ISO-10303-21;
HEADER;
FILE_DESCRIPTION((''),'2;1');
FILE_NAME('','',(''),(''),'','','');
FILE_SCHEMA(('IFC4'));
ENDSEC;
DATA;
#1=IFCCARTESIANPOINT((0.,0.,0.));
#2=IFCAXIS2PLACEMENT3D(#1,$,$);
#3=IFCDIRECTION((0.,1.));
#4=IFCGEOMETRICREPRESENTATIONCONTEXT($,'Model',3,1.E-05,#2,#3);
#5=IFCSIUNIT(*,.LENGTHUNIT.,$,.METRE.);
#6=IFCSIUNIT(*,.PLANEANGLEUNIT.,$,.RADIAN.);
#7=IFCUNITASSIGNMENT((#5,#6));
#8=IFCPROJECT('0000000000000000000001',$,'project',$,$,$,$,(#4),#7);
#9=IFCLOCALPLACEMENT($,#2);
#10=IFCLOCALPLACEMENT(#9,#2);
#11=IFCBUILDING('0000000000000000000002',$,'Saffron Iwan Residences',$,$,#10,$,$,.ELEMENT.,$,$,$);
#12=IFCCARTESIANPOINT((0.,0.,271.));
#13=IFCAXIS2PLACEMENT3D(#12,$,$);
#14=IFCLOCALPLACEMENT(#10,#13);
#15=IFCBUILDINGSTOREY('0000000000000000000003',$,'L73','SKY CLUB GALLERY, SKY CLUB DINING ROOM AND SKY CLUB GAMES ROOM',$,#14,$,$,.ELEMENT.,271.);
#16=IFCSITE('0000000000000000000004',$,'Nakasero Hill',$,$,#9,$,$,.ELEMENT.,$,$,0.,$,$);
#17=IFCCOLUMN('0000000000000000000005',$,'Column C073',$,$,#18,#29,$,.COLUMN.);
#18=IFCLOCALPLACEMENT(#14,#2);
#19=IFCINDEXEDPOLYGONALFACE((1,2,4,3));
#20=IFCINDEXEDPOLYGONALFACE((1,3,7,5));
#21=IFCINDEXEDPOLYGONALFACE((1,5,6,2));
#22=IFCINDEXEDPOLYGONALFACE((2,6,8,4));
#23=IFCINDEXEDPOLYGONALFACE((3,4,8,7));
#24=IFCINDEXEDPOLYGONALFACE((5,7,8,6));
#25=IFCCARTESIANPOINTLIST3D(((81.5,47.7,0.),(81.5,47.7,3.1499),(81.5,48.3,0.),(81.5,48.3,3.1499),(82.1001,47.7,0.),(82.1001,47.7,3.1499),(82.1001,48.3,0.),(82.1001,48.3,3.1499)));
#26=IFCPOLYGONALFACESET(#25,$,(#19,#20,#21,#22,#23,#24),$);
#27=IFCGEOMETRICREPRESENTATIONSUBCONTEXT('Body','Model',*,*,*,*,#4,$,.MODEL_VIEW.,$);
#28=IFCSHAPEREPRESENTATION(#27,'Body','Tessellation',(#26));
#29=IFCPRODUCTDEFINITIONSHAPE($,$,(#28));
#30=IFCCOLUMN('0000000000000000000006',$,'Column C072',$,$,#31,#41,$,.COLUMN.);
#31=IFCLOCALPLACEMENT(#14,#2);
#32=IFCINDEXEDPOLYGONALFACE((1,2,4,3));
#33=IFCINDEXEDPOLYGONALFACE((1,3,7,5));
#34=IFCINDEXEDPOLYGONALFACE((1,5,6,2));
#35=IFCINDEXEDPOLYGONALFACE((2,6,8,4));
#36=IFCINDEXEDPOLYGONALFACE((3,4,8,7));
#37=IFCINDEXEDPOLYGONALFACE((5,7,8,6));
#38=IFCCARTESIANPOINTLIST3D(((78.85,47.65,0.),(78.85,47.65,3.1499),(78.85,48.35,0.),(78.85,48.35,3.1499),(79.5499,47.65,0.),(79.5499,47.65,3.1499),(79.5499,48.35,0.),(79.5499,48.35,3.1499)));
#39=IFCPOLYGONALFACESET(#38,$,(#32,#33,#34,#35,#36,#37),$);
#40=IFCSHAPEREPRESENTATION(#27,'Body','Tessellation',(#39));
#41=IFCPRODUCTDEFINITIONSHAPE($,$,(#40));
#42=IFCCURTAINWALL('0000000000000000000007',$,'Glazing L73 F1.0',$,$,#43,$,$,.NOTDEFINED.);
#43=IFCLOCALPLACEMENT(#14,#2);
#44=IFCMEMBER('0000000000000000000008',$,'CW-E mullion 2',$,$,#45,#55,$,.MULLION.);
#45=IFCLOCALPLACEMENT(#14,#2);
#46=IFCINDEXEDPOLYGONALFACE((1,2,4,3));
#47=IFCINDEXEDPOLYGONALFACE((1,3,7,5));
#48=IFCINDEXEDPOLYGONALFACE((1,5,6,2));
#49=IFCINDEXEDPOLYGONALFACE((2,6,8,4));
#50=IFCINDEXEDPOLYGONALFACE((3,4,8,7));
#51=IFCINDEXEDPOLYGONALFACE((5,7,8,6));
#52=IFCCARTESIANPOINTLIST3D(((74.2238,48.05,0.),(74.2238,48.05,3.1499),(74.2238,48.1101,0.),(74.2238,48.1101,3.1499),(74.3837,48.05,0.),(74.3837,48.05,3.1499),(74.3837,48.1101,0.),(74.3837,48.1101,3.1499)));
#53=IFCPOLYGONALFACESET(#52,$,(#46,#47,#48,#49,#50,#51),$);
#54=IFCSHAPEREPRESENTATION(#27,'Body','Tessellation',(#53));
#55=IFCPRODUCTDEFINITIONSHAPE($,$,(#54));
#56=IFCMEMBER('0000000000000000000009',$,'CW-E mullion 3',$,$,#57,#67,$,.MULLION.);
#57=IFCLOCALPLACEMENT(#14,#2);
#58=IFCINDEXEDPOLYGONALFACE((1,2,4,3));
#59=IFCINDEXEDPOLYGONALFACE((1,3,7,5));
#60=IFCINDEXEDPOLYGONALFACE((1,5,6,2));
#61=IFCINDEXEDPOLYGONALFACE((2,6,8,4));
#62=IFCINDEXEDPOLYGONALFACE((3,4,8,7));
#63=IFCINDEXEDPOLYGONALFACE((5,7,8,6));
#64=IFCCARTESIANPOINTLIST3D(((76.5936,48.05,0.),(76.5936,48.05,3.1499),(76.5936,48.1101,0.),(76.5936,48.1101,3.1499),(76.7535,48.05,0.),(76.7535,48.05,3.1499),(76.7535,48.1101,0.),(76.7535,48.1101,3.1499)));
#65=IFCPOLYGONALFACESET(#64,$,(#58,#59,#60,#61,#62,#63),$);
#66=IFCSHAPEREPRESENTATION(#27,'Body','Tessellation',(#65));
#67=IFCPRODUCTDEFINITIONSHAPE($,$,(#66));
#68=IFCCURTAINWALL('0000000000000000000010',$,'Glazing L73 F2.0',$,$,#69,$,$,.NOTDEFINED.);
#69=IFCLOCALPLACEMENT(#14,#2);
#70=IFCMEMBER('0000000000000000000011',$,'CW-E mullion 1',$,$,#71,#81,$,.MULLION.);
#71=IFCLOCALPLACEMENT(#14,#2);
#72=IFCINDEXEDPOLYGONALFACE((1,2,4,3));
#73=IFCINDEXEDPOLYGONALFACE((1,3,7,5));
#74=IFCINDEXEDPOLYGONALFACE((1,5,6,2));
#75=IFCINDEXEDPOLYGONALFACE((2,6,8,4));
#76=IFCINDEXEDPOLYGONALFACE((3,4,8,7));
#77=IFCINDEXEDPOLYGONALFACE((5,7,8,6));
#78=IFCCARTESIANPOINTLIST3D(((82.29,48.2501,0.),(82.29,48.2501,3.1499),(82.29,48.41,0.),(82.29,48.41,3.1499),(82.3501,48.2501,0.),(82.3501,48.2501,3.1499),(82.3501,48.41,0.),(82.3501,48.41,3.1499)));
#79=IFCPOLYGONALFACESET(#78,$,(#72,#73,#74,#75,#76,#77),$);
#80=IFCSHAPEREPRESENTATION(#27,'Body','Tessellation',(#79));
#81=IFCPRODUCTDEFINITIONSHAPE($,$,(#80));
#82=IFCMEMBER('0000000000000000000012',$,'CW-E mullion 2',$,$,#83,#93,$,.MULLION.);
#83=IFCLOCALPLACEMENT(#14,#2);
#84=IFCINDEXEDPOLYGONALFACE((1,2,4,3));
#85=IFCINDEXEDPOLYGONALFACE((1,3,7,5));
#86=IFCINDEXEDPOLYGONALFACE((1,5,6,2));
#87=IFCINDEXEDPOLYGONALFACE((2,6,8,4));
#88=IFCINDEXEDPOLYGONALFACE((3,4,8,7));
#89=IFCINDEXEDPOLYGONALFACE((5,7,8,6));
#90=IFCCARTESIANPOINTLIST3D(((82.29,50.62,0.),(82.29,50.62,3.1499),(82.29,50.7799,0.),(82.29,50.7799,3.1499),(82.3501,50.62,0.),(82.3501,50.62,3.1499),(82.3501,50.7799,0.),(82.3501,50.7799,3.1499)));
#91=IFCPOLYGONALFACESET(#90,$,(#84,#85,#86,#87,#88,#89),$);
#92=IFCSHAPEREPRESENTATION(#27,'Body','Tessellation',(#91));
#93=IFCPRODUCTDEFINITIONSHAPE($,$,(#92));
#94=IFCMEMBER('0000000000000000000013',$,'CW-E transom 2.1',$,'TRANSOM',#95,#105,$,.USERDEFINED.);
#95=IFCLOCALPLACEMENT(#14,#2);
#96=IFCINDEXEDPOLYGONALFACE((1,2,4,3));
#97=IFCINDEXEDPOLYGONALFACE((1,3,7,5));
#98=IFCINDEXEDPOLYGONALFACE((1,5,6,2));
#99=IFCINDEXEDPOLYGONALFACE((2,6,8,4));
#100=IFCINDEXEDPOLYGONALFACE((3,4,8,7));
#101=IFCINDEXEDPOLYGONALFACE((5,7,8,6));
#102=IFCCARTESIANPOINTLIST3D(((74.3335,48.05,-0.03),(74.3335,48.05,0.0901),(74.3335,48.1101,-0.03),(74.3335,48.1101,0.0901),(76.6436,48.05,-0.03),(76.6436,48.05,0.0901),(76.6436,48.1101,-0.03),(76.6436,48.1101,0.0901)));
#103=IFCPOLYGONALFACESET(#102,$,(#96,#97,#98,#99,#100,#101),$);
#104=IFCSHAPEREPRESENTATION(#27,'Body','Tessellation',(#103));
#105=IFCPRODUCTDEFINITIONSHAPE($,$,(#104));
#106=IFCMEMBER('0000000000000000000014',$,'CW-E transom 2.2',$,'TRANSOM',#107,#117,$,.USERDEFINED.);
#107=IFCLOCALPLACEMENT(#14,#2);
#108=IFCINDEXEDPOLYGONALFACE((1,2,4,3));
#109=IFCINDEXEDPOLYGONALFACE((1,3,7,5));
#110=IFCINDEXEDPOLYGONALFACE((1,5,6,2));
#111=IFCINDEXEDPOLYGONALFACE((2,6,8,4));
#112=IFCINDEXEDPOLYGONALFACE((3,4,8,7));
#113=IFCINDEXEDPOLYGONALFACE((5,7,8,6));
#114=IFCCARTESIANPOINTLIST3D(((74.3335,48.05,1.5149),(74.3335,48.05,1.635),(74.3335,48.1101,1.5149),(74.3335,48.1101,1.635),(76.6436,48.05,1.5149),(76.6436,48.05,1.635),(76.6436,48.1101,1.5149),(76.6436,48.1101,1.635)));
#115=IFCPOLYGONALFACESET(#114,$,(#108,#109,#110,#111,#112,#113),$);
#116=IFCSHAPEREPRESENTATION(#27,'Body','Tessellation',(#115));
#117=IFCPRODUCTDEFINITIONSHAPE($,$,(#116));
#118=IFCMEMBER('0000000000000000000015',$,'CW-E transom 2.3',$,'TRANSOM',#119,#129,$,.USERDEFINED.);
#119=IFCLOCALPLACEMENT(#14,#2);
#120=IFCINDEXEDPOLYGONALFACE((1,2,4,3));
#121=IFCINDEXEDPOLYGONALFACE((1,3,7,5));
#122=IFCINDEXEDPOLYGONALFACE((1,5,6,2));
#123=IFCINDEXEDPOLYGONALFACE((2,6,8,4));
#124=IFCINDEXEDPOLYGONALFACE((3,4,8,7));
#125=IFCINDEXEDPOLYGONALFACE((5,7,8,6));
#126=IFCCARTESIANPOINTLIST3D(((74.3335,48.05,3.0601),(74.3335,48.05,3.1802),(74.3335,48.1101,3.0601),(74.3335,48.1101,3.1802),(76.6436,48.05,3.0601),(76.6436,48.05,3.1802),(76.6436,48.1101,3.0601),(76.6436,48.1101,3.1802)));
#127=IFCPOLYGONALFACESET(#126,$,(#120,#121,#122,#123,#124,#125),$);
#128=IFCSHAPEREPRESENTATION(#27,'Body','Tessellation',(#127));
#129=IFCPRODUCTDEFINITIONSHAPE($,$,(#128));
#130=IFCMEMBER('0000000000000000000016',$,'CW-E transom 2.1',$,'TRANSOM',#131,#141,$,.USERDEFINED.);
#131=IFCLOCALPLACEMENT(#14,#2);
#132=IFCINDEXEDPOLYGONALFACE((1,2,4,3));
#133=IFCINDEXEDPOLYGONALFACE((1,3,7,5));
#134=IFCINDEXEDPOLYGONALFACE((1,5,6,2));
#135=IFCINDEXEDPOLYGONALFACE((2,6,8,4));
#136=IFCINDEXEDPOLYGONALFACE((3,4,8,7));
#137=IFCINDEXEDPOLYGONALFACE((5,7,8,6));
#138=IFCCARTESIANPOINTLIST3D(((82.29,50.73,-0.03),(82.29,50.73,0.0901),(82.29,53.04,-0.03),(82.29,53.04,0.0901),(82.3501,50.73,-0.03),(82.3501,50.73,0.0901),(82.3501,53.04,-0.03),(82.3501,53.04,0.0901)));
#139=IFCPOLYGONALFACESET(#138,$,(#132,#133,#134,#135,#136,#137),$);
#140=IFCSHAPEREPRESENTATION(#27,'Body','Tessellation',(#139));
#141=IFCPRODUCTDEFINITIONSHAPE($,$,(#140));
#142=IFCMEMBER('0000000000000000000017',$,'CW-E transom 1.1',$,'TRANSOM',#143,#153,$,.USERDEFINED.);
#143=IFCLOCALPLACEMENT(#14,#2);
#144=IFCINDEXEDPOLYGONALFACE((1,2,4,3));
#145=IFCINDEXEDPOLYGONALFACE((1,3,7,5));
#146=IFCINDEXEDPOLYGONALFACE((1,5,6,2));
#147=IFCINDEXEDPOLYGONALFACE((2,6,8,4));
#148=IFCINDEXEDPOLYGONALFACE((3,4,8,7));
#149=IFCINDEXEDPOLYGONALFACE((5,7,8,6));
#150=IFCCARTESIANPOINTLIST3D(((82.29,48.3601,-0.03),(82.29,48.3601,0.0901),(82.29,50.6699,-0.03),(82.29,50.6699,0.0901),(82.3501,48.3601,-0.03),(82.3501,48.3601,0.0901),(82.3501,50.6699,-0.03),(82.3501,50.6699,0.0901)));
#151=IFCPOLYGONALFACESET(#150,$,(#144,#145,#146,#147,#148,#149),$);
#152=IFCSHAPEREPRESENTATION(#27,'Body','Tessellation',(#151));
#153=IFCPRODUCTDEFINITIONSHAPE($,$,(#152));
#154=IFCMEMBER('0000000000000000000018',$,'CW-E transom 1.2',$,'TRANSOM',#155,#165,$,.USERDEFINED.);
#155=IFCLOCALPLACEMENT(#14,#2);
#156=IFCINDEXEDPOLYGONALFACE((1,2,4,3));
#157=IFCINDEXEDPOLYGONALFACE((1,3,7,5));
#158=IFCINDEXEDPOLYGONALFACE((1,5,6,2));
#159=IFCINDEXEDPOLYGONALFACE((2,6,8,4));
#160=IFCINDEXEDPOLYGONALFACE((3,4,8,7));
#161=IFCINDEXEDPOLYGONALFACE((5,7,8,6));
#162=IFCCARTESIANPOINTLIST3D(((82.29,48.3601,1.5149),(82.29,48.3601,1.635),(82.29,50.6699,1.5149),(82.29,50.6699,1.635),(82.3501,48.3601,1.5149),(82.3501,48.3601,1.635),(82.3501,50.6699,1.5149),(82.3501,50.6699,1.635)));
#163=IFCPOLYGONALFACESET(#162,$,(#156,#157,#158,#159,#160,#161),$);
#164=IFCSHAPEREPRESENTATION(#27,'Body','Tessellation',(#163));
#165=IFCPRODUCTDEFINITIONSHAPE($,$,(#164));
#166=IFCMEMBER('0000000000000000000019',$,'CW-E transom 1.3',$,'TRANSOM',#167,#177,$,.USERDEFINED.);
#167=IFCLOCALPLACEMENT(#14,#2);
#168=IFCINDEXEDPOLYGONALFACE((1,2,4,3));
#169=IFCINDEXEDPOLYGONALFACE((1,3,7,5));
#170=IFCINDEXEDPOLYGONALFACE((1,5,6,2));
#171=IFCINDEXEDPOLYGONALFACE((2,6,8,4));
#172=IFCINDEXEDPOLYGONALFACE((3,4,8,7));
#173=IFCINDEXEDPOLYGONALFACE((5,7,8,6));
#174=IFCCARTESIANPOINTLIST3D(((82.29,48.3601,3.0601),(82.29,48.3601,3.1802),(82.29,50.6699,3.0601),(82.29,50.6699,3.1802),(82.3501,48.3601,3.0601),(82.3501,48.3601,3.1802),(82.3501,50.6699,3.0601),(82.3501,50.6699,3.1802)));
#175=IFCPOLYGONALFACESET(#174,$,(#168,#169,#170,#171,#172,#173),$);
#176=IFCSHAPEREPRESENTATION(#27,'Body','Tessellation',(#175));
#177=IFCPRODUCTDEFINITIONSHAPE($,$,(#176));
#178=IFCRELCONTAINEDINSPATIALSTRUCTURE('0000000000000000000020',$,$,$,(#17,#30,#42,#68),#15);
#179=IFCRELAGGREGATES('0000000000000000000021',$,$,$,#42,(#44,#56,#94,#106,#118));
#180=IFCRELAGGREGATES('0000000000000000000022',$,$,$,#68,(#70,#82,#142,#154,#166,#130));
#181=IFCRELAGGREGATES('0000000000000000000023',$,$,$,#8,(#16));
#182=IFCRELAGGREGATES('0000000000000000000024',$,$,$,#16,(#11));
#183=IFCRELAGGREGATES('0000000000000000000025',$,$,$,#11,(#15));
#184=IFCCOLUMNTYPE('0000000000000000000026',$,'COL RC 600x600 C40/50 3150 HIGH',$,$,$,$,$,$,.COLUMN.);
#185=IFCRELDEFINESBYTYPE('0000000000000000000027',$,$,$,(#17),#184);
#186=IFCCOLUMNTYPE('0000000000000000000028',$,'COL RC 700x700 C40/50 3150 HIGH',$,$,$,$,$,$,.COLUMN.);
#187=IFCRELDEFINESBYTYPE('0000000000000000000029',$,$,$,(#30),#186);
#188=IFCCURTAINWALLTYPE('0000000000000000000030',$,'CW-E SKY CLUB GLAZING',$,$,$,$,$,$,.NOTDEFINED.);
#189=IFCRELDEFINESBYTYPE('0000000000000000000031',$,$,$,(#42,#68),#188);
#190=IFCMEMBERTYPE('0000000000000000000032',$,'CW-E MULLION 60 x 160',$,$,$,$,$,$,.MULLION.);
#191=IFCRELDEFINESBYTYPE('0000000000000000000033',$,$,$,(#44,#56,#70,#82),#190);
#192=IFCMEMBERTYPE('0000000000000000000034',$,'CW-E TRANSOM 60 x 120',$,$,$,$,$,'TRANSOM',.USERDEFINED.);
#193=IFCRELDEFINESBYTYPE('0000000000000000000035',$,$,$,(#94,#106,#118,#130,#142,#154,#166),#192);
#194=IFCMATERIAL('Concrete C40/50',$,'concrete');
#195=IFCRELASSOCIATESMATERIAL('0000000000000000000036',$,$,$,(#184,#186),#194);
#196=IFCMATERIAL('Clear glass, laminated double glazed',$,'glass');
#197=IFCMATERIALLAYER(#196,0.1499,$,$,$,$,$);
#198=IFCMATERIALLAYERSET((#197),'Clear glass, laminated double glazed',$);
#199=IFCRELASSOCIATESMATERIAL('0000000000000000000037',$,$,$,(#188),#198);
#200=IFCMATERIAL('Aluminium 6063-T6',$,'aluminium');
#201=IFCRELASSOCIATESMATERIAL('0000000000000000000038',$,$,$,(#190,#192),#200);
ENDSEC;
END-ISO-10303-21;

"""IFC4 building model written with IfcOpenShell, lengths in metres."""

from ifc_helpers import new_model, si_unit, direction, frame, origin, origin_2d, place, context, subcontext, project, spatial, rectangle, extrude, source, transform, mapped, material, layer, layer_set, material_profile, profile_set, type_object, element, aggregate, save


model = new_model("IFC4")

# Units and contexts
model_context = context("Model", 3, precision=1e-05, world=origin(), true_north=direction((0.0, 1.0)))
body_context = subcontext(model_context, "Body", "Model", "MODEL_VIEW")
ifc_project = project(units=[si_unit("LENGTHUNIT", "METRE"), si_unit("PLANEANGLEUNIT", "RADIAN")], contexts=[model_context])

# Site, building, storey
site_placement = place(None, origin())
site = spatial("IfcSite", under=ifc_project, at=site_placement, Name="Nakasero Hill", CompositionType="ELEMENT", RefElevation=0.0)
building_placement = place(site_placement, origin())
building = spatial("IfcBuilding", under=site, at=building_placement, Name="Saffron Iwan Residences", CompositionType="ELEMENT")
storey_placement = place(building_placement, frame((0.0, 0.0, 271.0)))
storey = spatial("IfcBuildingStorey", under=building, at=storey_placement, Name="L73", Description="SKY CLUB GALLERY, SKY CLUB DINING ROOM AND SKY CLUB GAMES ROOM", CompositionType="ELEMENT", Elevation=271.0)

# Columns
ifc_material_1 = material(Name="Concrete C40/50", Category="concrete")
ifc_material_profile_1 = material_profile(ifc_material_1, rectangle(XDim=0.6001, YDim=0.6001, at=origin_2d()), Name="RC 600x600")
ifc_profile_set_1 = profile_set([ifc_material_profile_1], Name="Concrete C40/50")
column_type_1 = type_object("IfcColumnType", Name="COL RC 600x600 C40/50 3150 HIGH", PredefinedType="COLUMN", material=ifc_profile_set_1)
shared_shape_1 = source(origin(), body_context, "Body", "SweptSolid", [
    extrude(rectangle(XDim=0.6001, YDim=0.6001, at=origin_2d()), origin(), (0.0, 0.0, 1.0), 3.1499),
])
column_1_placement = place(storey_placement, frame((81.8, 48.0, 0.0), z_axis=(0.0, 0.0, 1.0), x_axis=(1.0, 0.0, 0.0)))
element("IfcColumn", 1, at=column_1_placement, inside=storey, type_object=column_type_1, Name="Column C073", PredefinedType="COLUMN", context=body_context, shape_type="MappedRepresentation", body=[
    mapped(shared_shape_1, transform((0.0, 0.0, 0.0))),
])
ifc_material_profile_2 = material_profile(ifc_material_1, rectangle(XDim=0.7, YDim=0.7, at=origin_2d()), Name="RC 700x700")
ifc_profile_set_2 = profile_set([ifc_material_profile_2], Name="Concrete C40/50")
column_type_2 = type_object("IfcColumnType", Name="COL RC 700x700 C40/50 3150 HIGH", PredefinedType="COLUMN", material=ifc_profile_set_2)
shared_shape_2 = source(origin(), body_context, "Body", "SweptSolid", [
    extrude(rectangle(XDim=0.7, YDim=0.7, at=origin_2d()), origin(), (0.0, 0.0, 1.0), 3.1499),
])
column_2_placement = place(storey_placement, frame((79.2, 48.0, 0.0), z_axis=(0.0, 0.0, 1.0), x_axis=(1.0, 0.0, 0.0)))
element("IfcColumn", 2, at=column_2_placement, inside=storey, type_object=column_type_2, Name="Column C072", PredefinedType="COLUMN", context=body_context, shape_type="MappedRepresentation", body=[
    mapped(shared_shape_2, transform((0.0, 0.0, 0.0))),
])

# Curtain walls, members
ifc_material_2 = material(Name="Clear glass, laminated double glazed", Category="glass")
ifc_layer_1 = layer(ifc_material_2, 0.1499)
ifc_layer_set_1 = layer_set([ifc_layer_1], Name="Clear glass, laminated double glazed")
curtain_wall_type = type_object("IfcCurtainWallType", Name="CW-E SKY CLUB GLAZING", PredefinedType="NOTDEFINED", material=ifc_layer_set_1)
curtain_wall_1_placement = place(storey_placement, origin())
curtain_wall_1 = element("IfcCurtainWall", 3, at=curtain_wall_1_placement, inside=storey, type_object=curtain_wall_type, Name="Glazing L73 F1.0", PredefinedType="NOTDEFINED")
ifc_material_3 = material(Name="Aluminium 6063-T6", Category="aluminium")
ifc_material_profile_3 = material_profile(ifc_material_3, rectangle(XDim=0.0601, YDim=0.1599, at=origin_2d()), Name="CW-E MULLION 60 x 160")
ifc_profile_set_3 = profile_set([ifc_material_profile_3], Name="Aluminium 6063-T6")
member_type_1 = type_object("IfcMemberType", Name="CW-E MULLION 60 x 160", PredefinedType="MULLION", material=ifc_profile_set_3)
shared_shape_3 = source(origin(), body_context, "Body", "SweptSolid", [
    extrude(rectangle(XDim=0.0601, YDim=0.1599, at=origin_2d()), origin(), (0.0, 0.0, 1.0), 3.1499),
])
member_1_placement = place(storey_placement, frame((74.3037, 48.0801, 0.0), z_axis=(0.0, 0.0, 1.0), x_axis=(0.0, 1.0, 0.0)))
member_1 = element("IfcMember", 4, at=member_1_placement, type_object=member_type_1, Name="CW-E mullion 2", PredefinedType="MULLION", context=body_context, shape_type="MappedRepresentation", body=[
    mapped(shared_shape_3, transform((0.0, 0.0, 0.0))),
])
member_2_placement = place(storey_placement, frame((76.6736, 48.0801, 0.0), z_axis=(0.0, 0.0, 1.0), x_axis=(0.0, 1.0, 0.0)))
member_2 = element("IfcMember", 5, at=member_2_placement, type_object=member_type_1, Name="CW-E mullion 3", PredefinedType="MULLION", context=body_context, shape_type="MappedRepresentation", body=[
    mapped(shared_shape_3, transform((0.0, 0.0, 0.0))),
])
curtain_wall_2_placement = place(storey_placement, origin())
curtain_wall_2 = element("IfcCurtainWall", 6, at=curtain_wall_2_placement, inside=storey, type_object=curtain_wall_type, Name="Glazing L73 F2.0", PredefinedType="NOTDEFINED")
member_3_placement = place(storey_placement, frame((82.3201, 48.3301, 0.0), z_axis=(0.0, 0.0, 1.0), x_axis=(-1.0, 0.0, 0.0)))
member_3 = element("IfcMember", 7, at=member_3_placement, type_object=member_type_1, Name="CW-E mullion 1", PredefinedType="MULLION", context=body_context, shape_type="MappedRepresentation", body=[
    mapped(shared_shape_3, transform((0.0, 0.0, 0.0))),
])
member_4_placement = place(storey_placement, frame((82.3201, 50.7, 0.0), z_axis=(0.0, 0.0, 1.0), x_axis=(-1.0, 0.0, 0.0)))
member_4 = element("IfcMember", 8, at=member_4_placement, type_object=member_type_1, Name="CW-E mullion 2", PredefinedType="MULLION", context=body_context, shape_type="MappedRepresentation", body=[
    mapped(shared_shape_3, transform((0.0, 0.0, 0.0))),
])

# Members
ifc_material_profile_4 = material_profile(ifc_material_3, rectangle(XDim=0.0601, YDim=0.1201, at=origin_2d()), Name="CW-E TRANSOM 60 x 120")
ifc_profile_set_4 = profile_set([ifc_material_profile_4], Name="Aluminium 6063-T6")
member_type_2 = type_object("IfcMemberType", Name="CW-E TRANSOM 60 x 120", ElementType="TRANSOM", PredefinedType="USERDEFINED", material=ifc_profile_set_4)
shared_shape_4 = source(origin(), body_context, "Body", "SweptSolid", [
    extrude(rectangle(XDim=0.0601, YDim=0.1201, at=origin_2d()), origin(), (0.0, 0.0, 1.0), 2.3101),
])
member_5_placement = place(storey_placement, frame((74.3335, 48.0801, 0.03), z_axis=(1.0, 0.0, 0.0), x_axis=(0.0, 1.0, 0.0)))
member_5 = element("IfcMember", 9, at=member_5_placement, type_object=member_type_2, Name="CW-E transom 2.1", ObjectType="TRANSOM", PredefinedType="USERDEFINED", context=body_context, shape_type="MappedRepresentation", body=[
    mapped(shared_shape_4, transform((0.0, 0.0, 0.0))),
])
member_6_placement = place(storey_placement, frame((74.3335, 48.0801, 1.575), z_axis=(1.0, 0.0, 0.0), x_axis=(0.0, 1.0, 0.0)))
member_6 = element("IfcMember", 10, at=member_6_placement, type_object=member_type_2, Name="CW-E transom 2.2", ObjectType="TRANSOM", PredefinedType="USERDEFINED", context=body_context, shape_type="MappedRepresentation", body=[
    mapped(shared_shape_4, transform((0.0, 0.0, 0.0))),
])
member_7_placement = place(storey_placement, frame((74.3335, 48.0801, 3.1201), z_axis=(1.0, 0.0, 0.0), x_axis=(0.0, 1.0, 0.0)))
member_7 = element("IfcMember", 11, at=member_7_placement, type_object=member_type_2, Name="CW-E transom 2.3", ObjectType="TRANSOM", PredefinedType="USERDEFINED", context=body_context, shape_type="MappedRepresentation", body=[
    mapped(shared_shape_4, transform((0.0, 0.0, 0.0))),
])
member_8_placement = place(storey_placement, frame((82.3201, 50.73, 0.03), z_axis=(0.0, 1.0, 0.0), x_axis=(-1.0, 0.0, 0.0)))
member_8 = element("IfcMember", 12, at=member_8_placement, type_object=member_type_2, Name="CW-E transom 2.1", ObjectType="TRANSOM", PredefinedType="USERDEFINED", context=body_context, shape_type="MappedRepresentation", body=[
    mapped(shared_shape_4, transform((0.0, 0.0, 0.0))),
])
shared_shape_5 = source(origin(), body_context, "Body", "SweptSolid", [
    extrude(rectangle(XDim=0.0601, YDim=0.1201, at=origin_2d()), origin(), (0.0, 0.0, 1.0), 2.3098),
])
member_9_placement = place(storey_placement, frame((82.3201, 48.3601, 0.03), z_axis=(0.0, 1.0, 0.0), x_axis=(-1.0, 0.0, 0.0)))
member_9 = element("IfcMember", 13, at=member_9_placement, type_object=member_type_2, Name="CW-E transom 1.1", ObjectType="TRANSOM", PredefinedType="USERDEFINED", context=body_context, shape_type="MappedRepresentation", body=[
    mapped(shared_shape_5, transform((0.0, 0.0, 0.0))),
])
member_10_placement = place(storey_placement, frame((82.3201, 48.3601, 1.575), z_axis=(0.0, 1.0, 0.0), x_axis=(-1.0, 0.0, 0.0)))
member_10 = element("IfcMember", 14, at=member_10_placement, type_object=member_type_2, Name="CW-E transom 1.2", ObjectType="TRANSOM", PredefinedType="USERDEFINED", context=body_context, shape_type="MappedRepresentation", body=[
    mapped(shared_shape_5, transform((0.0, 0.0, 0.0))),
])
member_11_placement = place(storey_placement, frame((82.3201, 48.3601, 3.1201), z_axis=(0.0, 1.0, 0.0), x_axis=(-1.0, 0.0, 0.0)))
member_11 = element("IfcMember", 15, at=member_11_placement, type_object=member_type_2, Name="CW-E transom 1.3", ObjectType="TRANSOM", PredefinedType="USERDEFINED", context=body_context, shape_type="MappedRepresentation", body=[
    mapped(shared_shape_5, transform((0.0, 0.0, 0.0))),
])

aggregate(curtain_wall_1, [member_1, member_2, member_5, member_6, member_7])
aggregate(curtain_wall_2, [member_3, member_4, member_9, member_10, member_11, member_8])

save(model, "model.ifc")
